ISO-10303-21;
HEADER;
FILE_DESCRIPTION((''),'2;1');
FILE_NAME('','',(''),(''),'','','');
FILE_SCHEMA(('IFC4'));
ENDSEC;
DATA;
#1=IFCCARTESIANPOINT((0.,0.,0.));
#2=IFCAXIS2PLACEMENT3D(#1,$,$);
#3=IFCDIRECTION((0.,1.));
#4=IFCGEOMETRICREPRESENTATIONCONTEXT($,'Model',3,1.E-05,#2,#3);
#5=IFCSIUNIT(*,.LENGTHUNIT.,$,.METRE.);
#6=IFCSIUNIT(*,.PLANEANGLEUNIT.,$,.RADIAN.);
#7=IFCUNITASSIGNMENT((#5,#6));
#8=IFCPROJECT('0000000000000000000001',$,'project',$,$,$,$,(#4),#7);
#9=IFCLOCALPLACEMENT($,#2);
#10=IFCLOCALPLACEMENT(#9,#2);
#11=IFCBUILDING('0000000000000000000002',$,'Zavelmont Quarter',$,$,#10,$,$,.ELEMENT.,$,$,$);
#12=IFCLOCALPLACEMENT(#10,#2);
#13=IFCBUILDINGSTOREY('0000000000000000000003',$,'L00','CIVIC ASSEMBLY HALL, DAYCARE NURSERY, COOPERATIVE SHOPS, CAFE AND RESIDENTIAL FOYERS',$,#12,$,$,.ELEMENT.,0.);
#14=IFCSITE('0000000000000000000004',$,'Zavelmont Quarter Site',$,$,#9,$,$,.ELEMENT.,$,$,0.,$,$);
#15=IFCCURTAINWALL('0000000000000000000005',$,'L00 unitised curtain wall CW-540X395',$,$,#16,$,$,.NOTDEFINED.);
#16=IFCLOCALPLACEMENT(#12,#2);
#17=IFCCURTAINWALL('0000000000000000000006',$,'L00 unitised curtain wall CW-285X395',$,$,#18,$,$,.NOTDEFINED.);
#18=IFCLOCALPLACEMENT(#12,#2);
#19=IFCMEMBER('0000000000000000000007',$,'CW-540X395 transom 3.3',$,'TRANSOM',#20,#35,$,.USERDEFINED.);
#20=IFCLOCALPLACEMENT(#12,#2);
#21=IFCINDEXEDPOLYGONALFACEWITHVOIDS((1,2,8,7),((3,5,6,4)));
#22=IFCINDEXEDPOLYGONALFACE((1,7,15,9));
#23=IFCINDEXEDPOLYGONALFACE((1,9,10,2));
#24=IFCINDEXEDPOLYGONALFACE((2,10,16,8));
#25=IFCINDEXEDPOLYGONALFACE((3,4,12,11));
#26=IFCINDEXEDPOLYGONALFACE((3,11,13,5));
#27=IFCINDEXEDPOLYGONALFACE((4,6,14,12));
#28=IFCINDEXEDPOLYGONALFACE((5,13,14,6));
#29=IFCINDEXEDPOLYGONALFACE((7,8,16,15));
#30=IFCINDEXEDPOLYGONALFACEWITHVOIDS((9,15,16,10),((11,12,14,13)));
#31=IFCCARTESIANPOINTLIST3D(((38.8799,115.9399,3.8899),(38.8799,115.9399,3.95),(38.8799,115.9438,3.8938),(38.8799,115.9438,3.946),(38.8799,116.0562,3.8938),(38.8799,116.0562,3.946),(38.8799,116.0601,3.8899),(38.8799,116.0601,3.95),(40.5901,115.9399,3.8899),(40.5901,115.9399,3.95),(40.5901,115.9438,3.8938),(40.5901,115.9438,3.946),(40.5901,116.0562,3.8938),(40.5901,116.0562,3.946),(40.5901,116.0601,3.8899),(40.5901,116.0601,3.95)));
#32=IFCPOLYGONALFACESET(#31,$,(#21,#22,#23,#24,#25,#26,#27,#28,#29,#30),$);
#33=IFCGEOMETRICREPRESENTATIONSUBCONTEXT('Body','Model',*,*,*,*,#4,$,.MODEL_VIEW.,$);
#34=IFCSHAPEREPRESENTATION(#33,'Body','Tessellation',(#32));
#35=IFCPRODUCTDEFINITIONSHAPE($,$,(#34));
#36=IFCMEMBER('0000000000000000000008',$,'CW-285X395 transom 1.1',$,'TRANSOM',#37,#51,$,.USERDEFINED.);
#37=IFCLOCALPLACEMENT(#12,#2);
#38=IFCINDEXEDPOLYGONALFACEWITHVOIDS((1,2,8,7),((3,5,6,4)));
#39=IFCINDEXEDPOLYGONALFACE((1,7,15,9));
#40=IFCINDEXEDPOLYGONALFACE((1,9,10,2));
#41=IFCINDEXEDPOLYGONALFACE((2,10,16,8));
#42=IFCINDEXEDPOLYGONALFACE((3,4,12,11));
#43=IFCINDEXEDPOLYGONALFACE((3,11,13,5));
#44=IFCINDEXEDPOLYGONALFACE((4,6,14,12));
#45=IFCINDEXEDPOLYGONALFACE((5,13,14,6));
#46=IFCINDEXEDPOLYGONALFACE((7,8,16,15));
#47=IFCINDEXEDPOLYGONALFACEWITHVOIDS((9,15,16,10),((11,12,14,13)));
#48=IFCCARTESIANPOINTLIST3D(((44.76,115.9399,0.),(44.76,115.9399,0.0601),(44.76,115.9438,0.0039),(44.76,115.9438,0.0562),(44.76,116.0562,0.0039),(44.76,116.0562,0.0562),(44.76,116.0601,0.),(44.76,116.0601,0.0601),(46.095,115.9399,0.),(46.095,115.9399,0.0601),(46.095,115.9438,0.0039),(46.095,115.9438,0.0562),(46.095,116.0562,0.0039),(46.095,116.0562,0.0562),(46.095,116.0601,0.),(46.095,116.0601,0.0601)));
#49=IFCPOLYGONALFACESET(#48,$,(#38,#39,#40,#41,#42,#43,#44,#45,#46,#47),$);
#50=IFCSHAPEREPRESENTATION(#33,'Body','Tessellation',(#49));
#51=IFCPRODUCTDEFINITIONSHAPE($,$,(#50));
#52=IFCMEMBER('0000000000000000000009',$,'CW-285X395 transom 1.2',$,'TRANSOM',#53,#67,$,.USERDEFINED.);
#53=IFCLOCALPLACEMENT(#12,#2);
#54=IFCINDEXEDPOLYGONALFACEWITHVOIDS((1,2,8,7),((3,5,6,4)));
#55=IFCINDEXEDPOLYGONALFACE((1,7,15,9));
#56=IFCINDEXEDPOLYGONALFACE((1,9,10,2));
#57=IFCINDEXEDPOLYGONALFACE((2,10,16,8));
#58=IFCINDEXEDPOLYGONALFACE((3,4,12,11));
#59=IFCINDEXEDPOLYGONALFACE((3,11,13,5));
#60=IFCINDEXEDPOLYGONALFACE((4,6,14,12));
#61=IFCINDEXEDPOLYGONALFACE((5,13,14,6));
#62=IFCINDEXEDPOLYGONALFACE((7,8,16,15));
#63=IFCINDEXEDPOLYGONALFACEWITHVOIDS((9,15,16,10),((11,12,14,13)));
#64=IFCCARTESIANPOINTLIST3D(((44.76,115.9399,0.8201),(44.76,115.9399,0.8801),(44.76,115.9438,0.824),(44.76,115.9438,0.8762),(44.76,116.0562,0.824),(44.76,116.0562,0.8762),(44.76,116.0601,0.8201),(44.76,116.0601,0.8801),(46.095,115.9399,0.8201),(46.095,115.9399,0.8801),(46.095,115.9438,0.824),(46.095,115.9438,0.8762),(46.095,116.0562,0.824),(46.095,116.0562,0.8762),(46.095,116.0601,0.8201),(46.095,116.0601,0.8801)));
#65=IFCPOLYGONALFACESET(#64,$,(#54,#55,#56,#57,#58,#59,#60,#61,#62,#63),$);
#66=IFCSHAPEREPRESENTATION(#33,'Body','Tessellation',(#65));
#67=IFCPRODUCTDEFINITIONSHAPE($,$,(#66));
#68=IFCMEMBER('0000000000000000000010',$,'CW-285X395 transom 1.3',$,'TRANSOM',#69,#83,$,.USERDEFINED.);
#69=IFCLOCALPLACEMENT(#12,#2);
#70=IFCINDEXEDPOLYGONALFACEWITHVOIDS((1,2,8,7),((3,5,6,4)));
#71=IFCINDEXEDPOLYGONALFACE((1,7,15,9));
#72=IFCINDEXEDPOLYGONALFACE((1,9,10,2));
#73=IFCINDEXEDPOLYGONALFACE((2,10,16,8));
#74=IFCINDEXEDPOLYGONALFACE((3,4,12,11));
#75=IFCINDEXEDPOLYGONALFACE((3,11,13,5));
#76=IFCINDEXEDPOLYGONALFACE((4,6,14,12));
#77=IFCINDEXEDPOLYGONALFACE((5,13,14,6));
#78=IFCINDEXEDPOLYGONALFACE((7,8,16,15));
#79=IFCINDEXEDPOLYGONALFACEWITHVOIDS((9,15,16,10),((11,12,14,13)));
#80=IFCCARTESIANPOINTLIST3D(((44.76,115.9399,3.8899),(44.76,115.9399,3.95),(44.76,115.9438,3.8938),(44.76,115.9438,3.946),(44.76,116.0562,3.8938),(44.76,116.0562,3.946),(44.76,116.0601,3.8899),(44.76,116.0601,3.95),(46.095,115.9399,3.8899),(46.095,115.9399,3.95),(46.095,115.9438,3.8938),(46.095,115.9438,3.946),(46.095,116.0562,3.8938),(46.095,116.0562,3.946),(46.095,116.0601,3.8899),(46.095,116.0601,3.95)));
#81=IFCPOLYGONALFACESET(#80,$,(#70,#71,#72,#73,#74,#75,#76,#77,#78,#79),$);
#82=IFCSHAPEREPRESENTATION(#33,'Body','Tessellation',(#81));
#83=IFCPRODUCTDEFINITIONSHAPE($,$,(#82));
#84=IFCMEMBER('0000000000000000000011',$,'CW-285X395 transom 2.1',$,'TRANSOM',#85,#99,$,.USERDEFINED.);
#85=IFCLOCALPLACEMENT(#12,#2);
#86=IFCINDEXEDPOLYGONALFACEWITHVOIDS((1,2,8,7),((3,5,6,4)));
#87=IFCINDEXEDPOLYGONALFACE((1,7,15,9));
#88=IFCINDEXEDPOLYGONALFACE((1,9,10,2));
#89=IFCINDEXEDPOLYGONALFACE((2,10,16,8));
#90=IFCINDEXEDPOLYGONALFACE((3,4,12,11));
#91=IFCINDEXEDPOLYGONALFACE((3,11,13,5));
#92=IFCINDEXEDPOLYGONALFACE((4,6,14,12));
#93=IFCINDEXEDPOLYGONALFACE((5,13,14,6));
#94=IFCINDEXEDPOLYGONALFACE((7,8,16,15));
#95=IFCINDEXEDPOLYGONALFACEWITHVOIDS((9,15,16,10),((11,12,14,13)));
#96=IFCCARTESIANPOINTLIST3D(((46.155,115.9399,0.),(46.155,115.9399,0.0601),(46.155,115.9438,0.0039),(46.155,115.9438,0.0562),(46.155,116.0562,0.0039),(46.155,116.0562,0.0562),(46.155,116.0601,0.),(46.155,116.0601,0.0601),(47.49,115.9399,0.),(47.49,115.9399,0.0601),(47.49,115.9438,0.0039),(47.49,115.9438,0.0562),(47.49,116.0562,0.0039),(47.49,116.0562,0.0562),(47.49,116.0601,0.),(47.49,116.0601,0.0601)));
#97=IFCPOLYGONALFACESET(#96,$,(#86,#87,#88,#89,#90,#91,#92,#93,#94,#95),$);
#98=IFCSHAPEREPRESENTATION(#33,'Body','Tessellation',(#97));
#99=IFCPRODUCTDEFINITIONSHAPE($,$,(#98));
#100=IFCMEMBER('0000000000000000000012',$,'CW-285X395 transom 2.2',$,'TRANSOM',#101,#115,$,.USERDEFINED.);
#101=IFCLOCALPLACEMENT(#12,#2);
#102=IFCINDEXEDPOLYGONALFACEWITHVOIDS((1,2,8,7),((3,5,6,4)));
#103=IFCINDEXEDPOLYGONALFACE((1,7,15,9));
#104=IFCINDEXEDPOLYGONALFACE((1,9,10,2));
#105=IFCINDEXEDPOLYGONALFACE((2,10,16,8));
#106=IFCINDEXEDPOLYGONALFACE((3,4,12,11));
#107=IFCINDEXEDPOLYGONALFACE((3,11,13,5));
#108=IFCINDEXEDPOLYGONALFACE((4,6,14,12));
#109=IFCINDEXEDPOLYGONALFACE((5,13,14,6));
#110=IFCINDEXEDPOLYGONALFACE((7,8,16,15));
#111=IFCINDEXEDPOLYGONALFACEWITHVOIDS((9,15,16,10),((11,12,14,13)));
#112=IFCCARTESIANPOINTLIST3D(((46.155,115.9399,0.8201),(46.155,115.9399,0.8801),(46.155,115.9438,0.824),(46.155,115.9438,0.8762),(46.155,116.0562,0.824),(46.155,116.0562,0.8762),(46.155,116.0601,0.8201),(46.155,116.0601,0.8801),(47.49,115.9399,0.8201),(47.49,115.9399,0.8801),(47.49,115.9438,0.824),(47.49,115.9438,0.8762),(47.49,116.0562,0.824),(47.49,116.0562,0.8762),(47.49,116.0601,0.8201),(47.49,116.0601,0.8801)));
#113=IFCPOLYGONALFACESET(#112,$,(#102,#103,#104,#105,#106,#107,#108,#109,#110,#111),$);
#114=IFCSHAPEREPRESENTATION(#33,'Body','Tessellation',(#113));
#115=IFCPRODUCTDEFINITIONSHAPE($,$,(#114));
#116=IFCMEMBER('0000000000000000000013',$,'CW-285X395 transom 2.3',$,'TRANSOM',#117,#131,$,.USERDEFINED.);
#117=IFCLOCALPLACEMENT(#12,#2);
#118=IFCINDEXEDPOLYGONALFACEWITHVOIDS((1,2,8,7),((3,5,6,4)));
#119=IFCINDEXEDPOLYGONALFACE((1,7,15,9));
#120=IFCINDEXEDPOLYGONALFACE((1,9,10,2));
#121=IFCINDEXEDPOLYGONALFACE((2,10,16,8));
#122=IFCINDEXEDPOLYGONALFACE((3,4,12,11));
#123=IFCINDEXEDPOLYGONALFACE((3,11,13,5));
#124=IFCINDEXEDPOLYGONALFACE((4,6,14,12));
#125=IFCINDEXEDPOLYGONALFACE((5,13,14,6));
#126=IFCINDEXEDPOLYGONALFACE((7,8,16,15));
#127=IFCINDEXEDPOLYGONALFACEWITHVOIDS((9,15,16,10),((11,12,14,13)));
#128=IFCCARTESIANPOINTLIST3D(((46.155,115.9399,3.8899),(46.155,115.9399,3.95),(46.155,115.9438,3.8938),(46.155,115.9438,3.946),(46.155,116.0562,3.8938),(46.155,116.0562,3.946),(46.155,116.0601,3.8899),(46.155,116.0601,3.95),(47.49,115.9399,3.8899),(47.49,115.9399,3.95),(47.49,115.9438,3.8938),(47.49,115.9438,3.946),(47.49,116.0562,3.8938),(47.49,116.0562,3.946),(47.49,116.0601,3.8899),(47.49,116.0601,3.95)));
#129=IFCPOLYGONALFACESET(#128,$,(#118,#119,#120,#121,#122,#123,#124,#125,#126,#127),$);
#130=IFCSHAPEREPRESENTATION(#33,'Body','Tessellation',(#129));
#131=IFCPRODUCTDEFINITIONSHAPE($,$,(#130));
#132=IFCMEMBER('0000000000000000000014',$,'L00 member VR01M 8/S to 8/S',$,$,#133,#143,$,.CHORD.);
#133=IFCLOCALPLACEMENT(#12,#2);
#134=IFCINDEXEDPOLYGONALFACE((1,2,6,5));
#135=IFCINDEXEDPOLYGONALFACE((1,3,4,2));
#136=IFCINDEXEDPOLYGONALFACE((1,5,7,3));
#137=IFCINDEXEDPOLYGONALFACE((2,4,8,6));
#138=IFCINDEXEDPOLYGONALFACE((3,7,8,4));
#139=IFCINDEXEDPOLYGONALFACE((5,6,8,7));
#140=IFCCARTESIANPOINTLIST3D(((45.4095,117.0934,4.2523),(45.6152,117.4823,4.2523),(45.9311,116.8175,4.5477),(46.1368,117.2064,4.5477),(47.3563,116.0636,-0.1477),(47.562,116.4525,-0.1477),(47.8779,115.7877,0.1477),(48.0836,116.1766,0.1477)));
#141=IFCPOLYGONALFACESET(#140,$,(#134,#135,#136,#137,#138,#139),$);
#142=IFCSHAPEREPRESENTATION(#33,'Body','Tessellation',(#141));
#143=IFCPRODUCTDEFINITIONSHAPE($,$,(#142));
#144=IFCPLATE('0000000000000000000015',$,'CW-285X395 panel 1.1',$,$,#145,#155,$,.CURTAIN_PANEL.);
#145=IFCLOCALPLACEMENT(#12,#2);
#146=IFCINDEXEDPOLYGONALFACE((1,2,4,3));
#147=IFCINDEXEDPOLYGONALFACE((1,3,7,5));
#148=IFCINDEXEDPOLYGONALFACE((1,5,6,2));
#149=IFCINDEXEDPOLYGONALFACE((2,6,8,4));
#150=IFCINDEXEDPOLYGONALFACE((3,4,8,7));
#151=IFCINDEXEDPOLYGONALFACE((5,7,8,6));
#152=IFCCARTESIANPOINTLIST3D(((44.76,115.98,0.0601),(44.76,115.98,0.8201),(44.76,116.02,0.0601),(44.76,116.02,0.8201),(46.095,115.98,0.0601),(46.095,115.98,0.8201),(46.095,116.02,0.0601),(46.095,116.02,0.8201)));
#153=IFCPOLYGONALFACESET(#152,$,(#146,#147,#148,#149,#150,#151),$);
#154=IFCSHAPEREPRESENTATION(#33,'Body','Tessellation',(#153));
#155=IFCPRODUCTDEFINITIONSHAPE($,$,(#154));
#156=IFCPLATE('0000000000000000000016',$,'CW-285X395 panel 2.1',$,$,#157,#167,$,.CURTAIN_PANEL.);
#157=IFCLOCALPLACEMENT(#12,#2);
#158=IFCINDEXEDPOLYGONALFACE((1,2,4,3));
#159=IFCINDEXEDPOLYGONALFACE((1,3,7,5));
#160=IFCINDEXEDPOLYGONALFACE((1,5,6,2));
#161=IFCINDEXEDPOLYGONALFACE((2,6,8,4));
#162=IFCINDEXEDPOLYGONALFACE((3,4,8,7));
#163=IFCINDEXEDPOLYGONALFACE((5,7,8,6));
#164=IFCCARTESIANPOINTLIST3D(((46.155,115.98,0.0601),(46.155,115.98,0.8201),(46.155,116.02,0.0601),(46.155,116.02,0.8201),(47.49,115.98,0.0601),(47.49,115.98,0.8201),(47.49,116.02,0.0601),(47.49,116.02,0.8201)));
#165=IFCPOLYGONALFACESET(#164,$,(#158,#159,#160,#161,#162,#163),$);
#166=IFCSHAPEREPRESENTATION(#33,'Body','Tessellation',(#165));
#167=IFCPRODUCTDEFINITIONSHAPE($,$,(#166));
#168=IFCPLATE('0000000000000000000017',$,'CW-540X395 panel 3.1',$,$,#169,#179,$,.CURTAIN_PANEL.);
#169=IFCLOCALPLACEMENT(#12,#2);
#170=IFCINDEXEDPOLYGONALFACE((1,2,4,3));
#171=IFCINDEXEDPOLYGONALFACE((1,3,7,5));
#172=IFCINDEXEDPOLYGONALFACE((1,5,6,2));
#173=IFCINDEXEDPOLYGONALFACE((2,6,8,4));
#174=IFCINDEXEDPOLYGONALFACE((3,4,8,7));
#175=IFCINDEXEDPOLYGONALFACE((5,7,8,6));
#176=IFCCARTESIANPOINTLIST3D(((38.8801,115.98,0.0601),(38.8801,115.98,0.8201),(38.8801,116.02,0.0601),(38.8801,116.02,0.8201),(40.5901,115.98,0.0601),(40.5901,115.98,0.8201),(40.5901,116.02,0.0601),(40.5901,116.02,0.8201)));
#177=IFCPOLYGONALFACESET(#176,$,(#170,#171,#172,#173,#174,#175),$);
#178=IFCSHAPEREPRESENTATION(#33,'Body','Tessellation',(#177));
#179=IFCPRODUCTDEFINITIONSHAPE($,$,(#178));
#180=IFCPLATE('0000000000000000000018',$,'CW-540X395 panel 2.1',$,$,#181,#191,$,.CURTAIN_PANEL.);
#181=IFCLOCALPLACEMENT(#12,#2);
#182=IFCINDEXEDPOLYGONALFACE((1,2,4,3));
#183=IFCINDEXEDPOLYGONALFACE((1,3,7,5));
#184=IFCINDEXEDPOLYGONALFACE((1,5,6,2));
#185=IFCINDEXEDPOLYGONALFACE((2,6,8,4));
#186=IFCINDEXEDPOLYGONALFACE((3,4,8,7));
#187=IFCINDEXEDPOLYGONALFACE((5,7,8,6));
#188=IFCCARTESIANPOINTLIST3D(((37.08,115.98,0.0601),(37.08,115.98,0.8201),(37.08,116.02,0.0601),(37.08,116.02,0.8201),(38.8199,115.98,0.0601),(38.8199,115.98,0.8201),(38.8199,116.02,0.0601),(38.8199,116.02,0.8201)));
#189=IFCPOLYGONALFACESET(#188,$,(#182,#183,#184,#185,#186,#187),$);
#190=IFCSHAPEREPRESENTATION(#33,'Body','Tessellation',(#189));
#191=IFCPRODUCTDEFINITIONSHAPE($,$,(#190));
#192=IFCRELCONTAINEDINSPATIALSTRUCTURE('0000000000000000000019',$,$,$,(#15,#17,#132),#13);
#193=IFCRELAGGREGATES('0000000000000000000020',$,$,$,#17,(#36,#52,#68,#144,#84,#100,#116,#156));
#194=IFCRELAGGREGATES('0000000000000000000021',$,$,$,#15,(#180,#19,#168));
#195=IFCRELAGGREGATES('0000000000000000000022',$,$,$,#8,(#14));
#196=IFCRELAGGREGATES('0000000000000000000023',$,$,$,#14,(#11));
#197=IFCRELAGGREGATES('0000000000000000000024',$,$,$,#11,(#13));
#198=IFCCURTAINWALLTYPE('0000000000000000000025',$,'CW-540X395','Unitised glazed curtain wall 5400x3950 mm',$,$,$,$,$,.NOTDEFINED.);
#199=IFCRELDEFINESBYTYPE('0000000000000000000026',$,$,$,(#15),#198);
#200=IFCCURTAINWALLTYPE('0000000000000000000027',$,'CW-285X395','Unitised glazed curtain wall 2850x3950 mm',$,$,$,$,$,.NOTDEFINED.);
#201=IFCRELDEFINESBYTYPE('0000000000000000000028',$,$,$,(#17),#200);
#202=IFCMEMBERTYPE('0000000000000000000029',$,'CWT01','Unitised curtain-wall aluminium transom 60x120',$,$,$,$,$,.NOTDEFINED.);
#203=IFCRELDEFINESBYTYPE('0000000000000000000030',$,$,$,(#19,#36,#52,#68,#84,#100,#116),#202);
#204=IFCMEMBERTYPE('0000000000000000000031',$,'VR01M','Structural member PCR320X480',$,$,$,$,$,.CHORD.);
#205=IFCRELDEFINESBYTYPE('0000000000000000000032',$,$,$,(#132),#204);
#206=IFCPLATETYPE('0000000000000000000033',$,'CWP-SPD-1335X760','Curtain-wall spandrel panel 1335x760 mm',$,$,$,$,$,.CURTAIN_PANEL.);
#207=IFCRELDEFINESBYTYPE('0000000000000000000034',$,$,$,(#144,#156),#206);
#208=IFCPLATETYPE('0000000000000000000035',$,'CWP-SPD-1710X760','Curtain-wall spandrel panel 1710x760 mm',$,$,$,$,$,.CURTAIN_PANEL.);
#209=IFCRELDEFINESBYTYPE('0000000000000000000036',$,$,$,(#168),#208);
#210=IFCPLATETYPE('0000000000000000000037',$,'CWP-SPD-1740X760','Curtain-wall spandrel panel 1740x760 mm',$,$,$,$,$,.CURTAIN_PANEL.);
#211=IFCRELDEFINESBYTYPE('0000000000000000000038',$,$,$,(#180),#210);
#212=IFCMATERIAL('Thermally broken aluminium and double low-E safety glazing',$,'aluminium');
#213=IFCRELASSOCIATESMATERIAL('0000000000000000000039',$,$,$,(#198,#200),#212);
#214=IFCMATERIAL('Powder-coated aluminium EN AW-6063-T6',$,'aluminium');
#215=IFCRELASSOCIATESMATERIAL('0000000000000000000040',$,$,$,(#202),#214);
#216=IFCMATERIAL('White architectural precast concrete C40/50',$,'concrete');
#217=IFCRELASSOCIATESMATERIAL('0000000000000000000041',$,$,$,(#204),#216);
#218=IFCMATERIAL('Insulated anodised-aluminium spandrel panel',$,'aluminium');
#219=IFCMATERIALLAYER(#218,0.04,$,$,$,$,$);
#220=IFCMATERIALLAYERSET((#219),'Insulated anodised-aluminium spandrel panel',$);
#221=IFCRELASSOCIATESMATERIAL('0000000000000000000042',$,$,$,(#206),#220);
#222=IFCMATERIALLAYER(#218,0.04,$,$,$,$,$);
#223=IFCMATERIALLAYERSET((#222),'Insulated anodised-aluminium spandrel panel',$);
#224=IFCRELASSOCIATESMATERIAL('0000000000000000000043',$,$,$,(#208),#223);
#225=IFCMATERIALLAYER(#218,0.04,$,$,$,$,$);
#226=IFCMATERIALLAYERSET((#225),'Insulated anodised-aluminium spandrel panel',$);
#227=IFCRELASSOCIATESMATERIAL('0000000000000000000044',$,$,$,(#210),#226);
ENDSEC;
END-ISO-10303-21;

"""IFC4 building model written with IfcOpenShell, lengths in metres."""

from ifc_helpers import new_model, si_unit, direction, frame, origin, origin_2d, place, context, subcontext, project, spatial, rectangle, hollow_rectangle, extrude, material, layer, layer_set, material_profile, profile_set, type_object, element, aggregate, save


model = new_model("IFC4")

# Units and contexts
model_context = context("Model", 3, precision=1e-05, world=origin(), true_north=direction((0.0, 1.0)))
body_context = subcontext(model_context, "Body", "Model", "MODEL_VIEW")
ifc_project = project(units=[si_unit("LENGTHUNIT", "METRE"), si_unit("PLANEANGLEUNIT", "RADIAN")], contexts=[model_context])

# Site, building, storey
site_placement = place(None, origin())
site = spatial("IfcSite", under=ifc_project, at=site_placement, Name="Zavelmont Quarter Site", CompositionType="ELEMENT", RefElevation=0.0)
building_placement = place(site_placement, origin())
building = spatial("IfcBuilding", under=site, at=building_placement, Name="Zavelmont Quarter", CompositionType="ELEMENT")
storey_placement = place(building_placement, origin())
storey = spatial("IfcBuildingStorey", under=building, at=storey_placement, Name="L00", Description="CIVIC ASSEMBLY HALL, DAYCARE NURSERY, COOPERATIVE SHOPS, CAFE AND RESIDENTIAL FOYERS", CompositionType="ELEMENT", Elevation=0.0)

# Curtain walls
ifc_material_1 = material(Name="Thermally broken aluminium and double low-E safety glazing", Category="aluminium")
curtain_wall_type_1 = type_object("IfcCurtainWallType", Name="CW-540X395", Description="Unitised glazed curtain wall 5400x3950 mm", PredefinedType="NOTDEFINED", material=ifc_material_1)
curtain_wall_1_placement = place(storey_placement, origin())
curtain_wall_1 = element("IfcCurtainWall", 1, at=curtain_wall_1_placement, inside=storey, type_object=curtain_wall_type_1, Name="L00 unitised curtain wall CW-540X395", PredefinedType="NOTDEFINED")
ifc_material_2 = material(Name="Powder-coated aluminium EN AW-6063-T6", Category="aluminium")
curtain_wall_type_2 = type_object("IfcCurtainWallType", Name="CW-285X395", Description="Unitised glazed curtain wall 2850x3950 mm", PredefinedType="NOTDEFINED", material=ifc_material_1)
curtain_wall_2_placement = place(storey_placement, origin())
curtain_wall_2 = element("IfcCurtainWall", 2, at=curtain_wall_2_placement, inside=storey, type_object=curtain_wall_type_2, Name="L00 unitised curtain wall CW-285X395", PredefinedType="NOTDEFINED")

# Members
ifc_material_profile_1 = material_profile(ifc_material_2, hollow_rectangle(XDim=0.1201, YDim=0.0601, WallThickness=0.0039, at=origin_2d()), Name="CWT60X120")
ifc_profile_set_1 = profile_set([ifc_material_profile_1], Name="Powder-coated aluminium EN AW-6063-T6")
member_type_1 = type_object("IfcMemberType", Name="CWT01", Description="Unitised curtain-wall aluminium transom 60x120", PredefinedType="NOTDEFINED", material=ifc_profile_set_1)
member_1_placement = place(storey_placement, frame((38.8799, 116.0, 3.9199), z_axis=(1.0, 0.0, 0.0), x_axis=(0.0, 1.0, 0.0)))
member_1 = element("IfcMember", 3, at=member_1_placement, type_object=member_type_1, Name="CW-540X395 transom 3.3", ObjectType="TRANSOM", PredefinedType="USERDEFINED", context=body_context, shape_type="SweptSolid", body=[
    extrude(hollow_rectangle(XDim=0.1201, YDim=0.0601, WallThickness=0.0039, at=origin_2d()), origin(), (0.0, 0.0, 1.0), 1.7102),
])
member_2_placement = place(storey_placement, frame((44.76, 116.0, 0.03), z_axis=(1.0, 0.0, 0.0), x_axis=(0.0, 1.0, 0.0)))
member_2 = element("IfcMember", 4, at=member_2_placement, type_object=member_type_1, Name="CW-285X395 transom 1.1", ObjectType="TRANSOM", PredefinedType="USERDEFINED", context=body_context, shape_type="SweptSolid", body=[
    extrude(hollow_rectangle(XDim=0.1201, YDim=0.0601, WallThickness=0.0039, at=origin_2d()), origin(), (0.0, 0.0, 1.0), 1.335),
])
member_3_placement = place(storey_placement, frame((44.76, 116.0, 0.8501), z_axis=(1.0, 0.0, 0.0), x_axis=(0.0, 1.0, 0.0)))
member_3 = element("IfcMember", 5, at=member_3_placement, type_object=member_type_1, Name="CW-285X395 transom 1.2", ObjectType="TRANSOM", PredefinedType="USERDEFINED", context=body_context, shape_type="SweptSolid", body=[
    extrude(hollow_rectangle(XDim=0.1201, YDim=0.0601, WallThickness=0.0039, at=origin_2d()), origin(), (0.0, 0.0, 1.0), 1.335),
])
member_4_placement = place(storey_placement, frame((44.76, 116.0, 3.9199), z_axis=(1.0, 0.0, 0.0), x_axis=(0.0, 1.0, 0.0)))
member_4 = element("IfcMember", 6, at=member_4_placement, type_object=member_type_1, Name="CW-285X395 transom 1.3", ObjectType="TRANSOM", PredefinedType="USERDEFINED", context=body_context, shape_type="SweptSolid", body=[
    extrude(hollow_rectangle(XDim=0.1201, YDim=0.0601, WallThickness=0.0039, at=origin_2d()), origin(), (0.0, 0.0, 1.0), 1.335),
])
member_5_placement = place(storey_placement, frame((46.155, 116.0, 0.03), z_axis=(1.0, 0.0, 0.0), x_axis=(0.0, 1.0, 0.0)))
member_5 = element("IfcMember", 7, at=member_5_placement, type_object=member_type_1, Name="CW-285X395 transom 2.1", ObjectType="TRANSOM", PredefinedType="USERDEFINED", context=body_context, shape_type="SweptSolid", body=[
    extrude(hollow_rectangle(XDim=0.1201, YDim=0.0601, WallThickness=0.0039, at=origin_2d()), origin(), (0.0, 0.0, 1.0), 1.335),
])
member_6_placement = place(storey_placement, frame((46.155, 116.0, 0.8501), z_axis=(1.0, 0.0, 0.0), x_axis=(0.0, 1.0, 0.0)))
member_6 = element("IfcMember", 8, at=member_6_placement, type_object=member_type_1, Name="CW-285X395 transom 2.2", ObjectType="TRANSOM", PredefinedType="USERDEFINED", context=body_context, shape_type="SweptSolid", body=[
    extrude(hollow_rectangle(XDim=0.1201, YDim=0.0601, WallThickness=0.0039, at=origin_2d()), origin(), (0.0, 0.0, 1.0), 1.335),
])
member_7_placement = place(storey_placement, frame((46.155, 116.0, 3.9199), z_axis=(1.0, 0.0, 0.0), x_axis=(0.0, 1.0, 0.0)))
member_7 = element("IfcMember", 9, at=member_7_placement, type_object=member_type_1, Name="CW-285X395 transom 2.3", ObjectType="TRANSOM", PredefinedType="USERDEFINED", context=body_context, shape_type="SweptSolid", body=[
    extrude(hollow_rectangle(XDim=0.1201, YDim=0.0601, WallThickness=0.0039, at=origin_2d()), origin(), (0.0, 0.0, 1.0), 1.335),
])
ifc_material_3 = material(Name="White architectural precast concrete C40/50", Category="concrete")
ifc_material_profile_2 = material_profile(ifc_material_3, rectangle(XDim=0.4399, YDim=0.6599, at=origin_2d()), Name="PCR320X480")
ifc_profile_set_2 = profile_set([ifc_material_profile_2], Name="White architectural precast concrete C40/50")
member_type_2 = type_object("IfcMemberType", Name="VR01M", Description="Structural member PCR320X480", PredefinedType="CHORD", material=ifc_profile_set_2)
member_8_placement = place(storey_placement, frame((47.72, 116.1201, 0.0), z_axis=(-0.395661, 0.209292, 0.894231), x_axis=(-0.467582, -0.88395, 0.0)))
element("IfcMember", 10, at=member_8_placement, inside=storey, type_object=member_type_2, Name="L00 member VR01M 8/S to 8/S", PredefinedType="CHORD", context=body_context, shape_type="SweptSolid", body=[
    extrude(rectangle(XDim=0.4399, YDim=0.6599, at=origin_2d()), origin(), (0.0, 0.0, 1.0), 4.9204),
])

# Plates
ifc_material_4 = material(Name="Insulated anodised-aluminium spandrel panel", Category="aluminium")
ifc_layer_1 = layer(ifc_material_4, 0.04)
ifc_layer_set_1 = layer_set([ifc_layer_1], Name="Insulated anodised-aluminium spandrel panel")
plate_type_1 = type_object("IfcPlateType", Name="CWP-SPD-1335X760", Description="Curtain-wall spandrel panel 1335x760 mm", PredefinedType="CURTAIN_PANEL", material=ifc_layer_set_1)
plate_1_placement = place(storey_placement, frame((45.4275, 116.0, 0.0601), z_axis=(0.0, 0.0, 1.0), x_axis=(1.0, 0.0, 0.0)))
plate_1 = element("IfcPlate", 11, at=plate_1_placement, type_object=plate_type_1, Name="CW-285X395 panel 1.1", PredefinedType="CURTAIN_PANEL", context=body_context, shape_type="SweptSolid", body=[
    extrude(rectangle(XDim=1.335, YDim=0.04, at=origin_2d()), origin(), (0.0, 0.0, 1.0), 0.76),
])
plate_2_placement = place(storey_placement, frame((46.8225, 116.0, 0.0601), z_axis=(0.0, 0.0, 1.0), x_axis=(1.0, 0.0, 0.0)))
plate_2 = element("IfcPlate", 12, at=plate_2_placement, type_object=plate_type_1, Name="CW-285X395 panel 2.1", PredefinedType="CURTAIN_PANEL", context=body_context, shape_type="SweptSolid", body=[
    extrude(rectangle(XDim=1.335, YDim=0.04, at=origin_2d()), origin(), (0.0, 0.0, 1.0), 0.76),
])
ifc_layer_2 = layer(ifc_material_4, 0.04)
ifc_layer_set_2 = layer_set([ifc_layer_2], Name="Insulated anodised-aluminium spandrel panel")
plate_type_2 = type_object("IfcPlateType", Name="CWP-SPD-1710X760", Description="Curtain-wall spandrel panel 1710x760 mm", PredefinedType="CURTAIN_PANEL", material=ifc_layer_set_2)
plate_3_placement = place(storey_placement, frame((39.7351, 116.0, 0.0601), z_axis=(0.0, 0.0, 1.0), x_axis=(1.0, 0.0, 0.0)))
plate_3 = element("IfcPlate", 13, at=plate_3_placement, type_object=plate_type_2, Name="CW-540X395 panel 3.1", PredefinedType="CURTAIN_PANEL", context=body_context, shape_type="SweptSolid", body=[
    extrude(rectangle(XDim=1.71, YDim=0.04, at=origin_2d()), origin(), (0.0, 0.0, 1.0), 0.76),
])
ifc_layer_3 = layer(ifc_material_4, 0.04)
ifc_layer_set_3 = layer_set([ifc_layer_3], Name="Insulated anodised-aluminium spandrel panel")
plate_type_3 = type_object("IfcPlateType", Name="CWP-SPD-1740X760", Description="Curtain-wall spandrel panel 1740x760 mm", PredefinedType="CURTAIN_PANEL", material=ifc_layer_set_3)
plate_4_placement = place(storey_placement, frame((37.95, 116.0, 0.0601), z_axis=(0.0, 0.0, 1.0), x_axis=(1.0, 0.0, 0.0)))
plate_4 = element("IfcPlate", 14, at=plate_4_placement, type_object=plate_type_3, Name="CW-540X395 panel 2.1", PredefinedType="CURTAIN_PANEL", context=body_context, shape_type="SweptSolid", body=[
    extrude(rectangle(XDim=1.74, YDim=0.04, at=origin_2d()), origin(), (0.0, 0.0, 1.0), 0.76),
])
aggregate(curtain_wall_2, [member_2, member_3, member_4, plate_1, member_5, member_6, member_7, plate_2])
aggregate(curtain_wall_1, [plate_4, member_1, plate_3])

save(model, "model.ifc")
